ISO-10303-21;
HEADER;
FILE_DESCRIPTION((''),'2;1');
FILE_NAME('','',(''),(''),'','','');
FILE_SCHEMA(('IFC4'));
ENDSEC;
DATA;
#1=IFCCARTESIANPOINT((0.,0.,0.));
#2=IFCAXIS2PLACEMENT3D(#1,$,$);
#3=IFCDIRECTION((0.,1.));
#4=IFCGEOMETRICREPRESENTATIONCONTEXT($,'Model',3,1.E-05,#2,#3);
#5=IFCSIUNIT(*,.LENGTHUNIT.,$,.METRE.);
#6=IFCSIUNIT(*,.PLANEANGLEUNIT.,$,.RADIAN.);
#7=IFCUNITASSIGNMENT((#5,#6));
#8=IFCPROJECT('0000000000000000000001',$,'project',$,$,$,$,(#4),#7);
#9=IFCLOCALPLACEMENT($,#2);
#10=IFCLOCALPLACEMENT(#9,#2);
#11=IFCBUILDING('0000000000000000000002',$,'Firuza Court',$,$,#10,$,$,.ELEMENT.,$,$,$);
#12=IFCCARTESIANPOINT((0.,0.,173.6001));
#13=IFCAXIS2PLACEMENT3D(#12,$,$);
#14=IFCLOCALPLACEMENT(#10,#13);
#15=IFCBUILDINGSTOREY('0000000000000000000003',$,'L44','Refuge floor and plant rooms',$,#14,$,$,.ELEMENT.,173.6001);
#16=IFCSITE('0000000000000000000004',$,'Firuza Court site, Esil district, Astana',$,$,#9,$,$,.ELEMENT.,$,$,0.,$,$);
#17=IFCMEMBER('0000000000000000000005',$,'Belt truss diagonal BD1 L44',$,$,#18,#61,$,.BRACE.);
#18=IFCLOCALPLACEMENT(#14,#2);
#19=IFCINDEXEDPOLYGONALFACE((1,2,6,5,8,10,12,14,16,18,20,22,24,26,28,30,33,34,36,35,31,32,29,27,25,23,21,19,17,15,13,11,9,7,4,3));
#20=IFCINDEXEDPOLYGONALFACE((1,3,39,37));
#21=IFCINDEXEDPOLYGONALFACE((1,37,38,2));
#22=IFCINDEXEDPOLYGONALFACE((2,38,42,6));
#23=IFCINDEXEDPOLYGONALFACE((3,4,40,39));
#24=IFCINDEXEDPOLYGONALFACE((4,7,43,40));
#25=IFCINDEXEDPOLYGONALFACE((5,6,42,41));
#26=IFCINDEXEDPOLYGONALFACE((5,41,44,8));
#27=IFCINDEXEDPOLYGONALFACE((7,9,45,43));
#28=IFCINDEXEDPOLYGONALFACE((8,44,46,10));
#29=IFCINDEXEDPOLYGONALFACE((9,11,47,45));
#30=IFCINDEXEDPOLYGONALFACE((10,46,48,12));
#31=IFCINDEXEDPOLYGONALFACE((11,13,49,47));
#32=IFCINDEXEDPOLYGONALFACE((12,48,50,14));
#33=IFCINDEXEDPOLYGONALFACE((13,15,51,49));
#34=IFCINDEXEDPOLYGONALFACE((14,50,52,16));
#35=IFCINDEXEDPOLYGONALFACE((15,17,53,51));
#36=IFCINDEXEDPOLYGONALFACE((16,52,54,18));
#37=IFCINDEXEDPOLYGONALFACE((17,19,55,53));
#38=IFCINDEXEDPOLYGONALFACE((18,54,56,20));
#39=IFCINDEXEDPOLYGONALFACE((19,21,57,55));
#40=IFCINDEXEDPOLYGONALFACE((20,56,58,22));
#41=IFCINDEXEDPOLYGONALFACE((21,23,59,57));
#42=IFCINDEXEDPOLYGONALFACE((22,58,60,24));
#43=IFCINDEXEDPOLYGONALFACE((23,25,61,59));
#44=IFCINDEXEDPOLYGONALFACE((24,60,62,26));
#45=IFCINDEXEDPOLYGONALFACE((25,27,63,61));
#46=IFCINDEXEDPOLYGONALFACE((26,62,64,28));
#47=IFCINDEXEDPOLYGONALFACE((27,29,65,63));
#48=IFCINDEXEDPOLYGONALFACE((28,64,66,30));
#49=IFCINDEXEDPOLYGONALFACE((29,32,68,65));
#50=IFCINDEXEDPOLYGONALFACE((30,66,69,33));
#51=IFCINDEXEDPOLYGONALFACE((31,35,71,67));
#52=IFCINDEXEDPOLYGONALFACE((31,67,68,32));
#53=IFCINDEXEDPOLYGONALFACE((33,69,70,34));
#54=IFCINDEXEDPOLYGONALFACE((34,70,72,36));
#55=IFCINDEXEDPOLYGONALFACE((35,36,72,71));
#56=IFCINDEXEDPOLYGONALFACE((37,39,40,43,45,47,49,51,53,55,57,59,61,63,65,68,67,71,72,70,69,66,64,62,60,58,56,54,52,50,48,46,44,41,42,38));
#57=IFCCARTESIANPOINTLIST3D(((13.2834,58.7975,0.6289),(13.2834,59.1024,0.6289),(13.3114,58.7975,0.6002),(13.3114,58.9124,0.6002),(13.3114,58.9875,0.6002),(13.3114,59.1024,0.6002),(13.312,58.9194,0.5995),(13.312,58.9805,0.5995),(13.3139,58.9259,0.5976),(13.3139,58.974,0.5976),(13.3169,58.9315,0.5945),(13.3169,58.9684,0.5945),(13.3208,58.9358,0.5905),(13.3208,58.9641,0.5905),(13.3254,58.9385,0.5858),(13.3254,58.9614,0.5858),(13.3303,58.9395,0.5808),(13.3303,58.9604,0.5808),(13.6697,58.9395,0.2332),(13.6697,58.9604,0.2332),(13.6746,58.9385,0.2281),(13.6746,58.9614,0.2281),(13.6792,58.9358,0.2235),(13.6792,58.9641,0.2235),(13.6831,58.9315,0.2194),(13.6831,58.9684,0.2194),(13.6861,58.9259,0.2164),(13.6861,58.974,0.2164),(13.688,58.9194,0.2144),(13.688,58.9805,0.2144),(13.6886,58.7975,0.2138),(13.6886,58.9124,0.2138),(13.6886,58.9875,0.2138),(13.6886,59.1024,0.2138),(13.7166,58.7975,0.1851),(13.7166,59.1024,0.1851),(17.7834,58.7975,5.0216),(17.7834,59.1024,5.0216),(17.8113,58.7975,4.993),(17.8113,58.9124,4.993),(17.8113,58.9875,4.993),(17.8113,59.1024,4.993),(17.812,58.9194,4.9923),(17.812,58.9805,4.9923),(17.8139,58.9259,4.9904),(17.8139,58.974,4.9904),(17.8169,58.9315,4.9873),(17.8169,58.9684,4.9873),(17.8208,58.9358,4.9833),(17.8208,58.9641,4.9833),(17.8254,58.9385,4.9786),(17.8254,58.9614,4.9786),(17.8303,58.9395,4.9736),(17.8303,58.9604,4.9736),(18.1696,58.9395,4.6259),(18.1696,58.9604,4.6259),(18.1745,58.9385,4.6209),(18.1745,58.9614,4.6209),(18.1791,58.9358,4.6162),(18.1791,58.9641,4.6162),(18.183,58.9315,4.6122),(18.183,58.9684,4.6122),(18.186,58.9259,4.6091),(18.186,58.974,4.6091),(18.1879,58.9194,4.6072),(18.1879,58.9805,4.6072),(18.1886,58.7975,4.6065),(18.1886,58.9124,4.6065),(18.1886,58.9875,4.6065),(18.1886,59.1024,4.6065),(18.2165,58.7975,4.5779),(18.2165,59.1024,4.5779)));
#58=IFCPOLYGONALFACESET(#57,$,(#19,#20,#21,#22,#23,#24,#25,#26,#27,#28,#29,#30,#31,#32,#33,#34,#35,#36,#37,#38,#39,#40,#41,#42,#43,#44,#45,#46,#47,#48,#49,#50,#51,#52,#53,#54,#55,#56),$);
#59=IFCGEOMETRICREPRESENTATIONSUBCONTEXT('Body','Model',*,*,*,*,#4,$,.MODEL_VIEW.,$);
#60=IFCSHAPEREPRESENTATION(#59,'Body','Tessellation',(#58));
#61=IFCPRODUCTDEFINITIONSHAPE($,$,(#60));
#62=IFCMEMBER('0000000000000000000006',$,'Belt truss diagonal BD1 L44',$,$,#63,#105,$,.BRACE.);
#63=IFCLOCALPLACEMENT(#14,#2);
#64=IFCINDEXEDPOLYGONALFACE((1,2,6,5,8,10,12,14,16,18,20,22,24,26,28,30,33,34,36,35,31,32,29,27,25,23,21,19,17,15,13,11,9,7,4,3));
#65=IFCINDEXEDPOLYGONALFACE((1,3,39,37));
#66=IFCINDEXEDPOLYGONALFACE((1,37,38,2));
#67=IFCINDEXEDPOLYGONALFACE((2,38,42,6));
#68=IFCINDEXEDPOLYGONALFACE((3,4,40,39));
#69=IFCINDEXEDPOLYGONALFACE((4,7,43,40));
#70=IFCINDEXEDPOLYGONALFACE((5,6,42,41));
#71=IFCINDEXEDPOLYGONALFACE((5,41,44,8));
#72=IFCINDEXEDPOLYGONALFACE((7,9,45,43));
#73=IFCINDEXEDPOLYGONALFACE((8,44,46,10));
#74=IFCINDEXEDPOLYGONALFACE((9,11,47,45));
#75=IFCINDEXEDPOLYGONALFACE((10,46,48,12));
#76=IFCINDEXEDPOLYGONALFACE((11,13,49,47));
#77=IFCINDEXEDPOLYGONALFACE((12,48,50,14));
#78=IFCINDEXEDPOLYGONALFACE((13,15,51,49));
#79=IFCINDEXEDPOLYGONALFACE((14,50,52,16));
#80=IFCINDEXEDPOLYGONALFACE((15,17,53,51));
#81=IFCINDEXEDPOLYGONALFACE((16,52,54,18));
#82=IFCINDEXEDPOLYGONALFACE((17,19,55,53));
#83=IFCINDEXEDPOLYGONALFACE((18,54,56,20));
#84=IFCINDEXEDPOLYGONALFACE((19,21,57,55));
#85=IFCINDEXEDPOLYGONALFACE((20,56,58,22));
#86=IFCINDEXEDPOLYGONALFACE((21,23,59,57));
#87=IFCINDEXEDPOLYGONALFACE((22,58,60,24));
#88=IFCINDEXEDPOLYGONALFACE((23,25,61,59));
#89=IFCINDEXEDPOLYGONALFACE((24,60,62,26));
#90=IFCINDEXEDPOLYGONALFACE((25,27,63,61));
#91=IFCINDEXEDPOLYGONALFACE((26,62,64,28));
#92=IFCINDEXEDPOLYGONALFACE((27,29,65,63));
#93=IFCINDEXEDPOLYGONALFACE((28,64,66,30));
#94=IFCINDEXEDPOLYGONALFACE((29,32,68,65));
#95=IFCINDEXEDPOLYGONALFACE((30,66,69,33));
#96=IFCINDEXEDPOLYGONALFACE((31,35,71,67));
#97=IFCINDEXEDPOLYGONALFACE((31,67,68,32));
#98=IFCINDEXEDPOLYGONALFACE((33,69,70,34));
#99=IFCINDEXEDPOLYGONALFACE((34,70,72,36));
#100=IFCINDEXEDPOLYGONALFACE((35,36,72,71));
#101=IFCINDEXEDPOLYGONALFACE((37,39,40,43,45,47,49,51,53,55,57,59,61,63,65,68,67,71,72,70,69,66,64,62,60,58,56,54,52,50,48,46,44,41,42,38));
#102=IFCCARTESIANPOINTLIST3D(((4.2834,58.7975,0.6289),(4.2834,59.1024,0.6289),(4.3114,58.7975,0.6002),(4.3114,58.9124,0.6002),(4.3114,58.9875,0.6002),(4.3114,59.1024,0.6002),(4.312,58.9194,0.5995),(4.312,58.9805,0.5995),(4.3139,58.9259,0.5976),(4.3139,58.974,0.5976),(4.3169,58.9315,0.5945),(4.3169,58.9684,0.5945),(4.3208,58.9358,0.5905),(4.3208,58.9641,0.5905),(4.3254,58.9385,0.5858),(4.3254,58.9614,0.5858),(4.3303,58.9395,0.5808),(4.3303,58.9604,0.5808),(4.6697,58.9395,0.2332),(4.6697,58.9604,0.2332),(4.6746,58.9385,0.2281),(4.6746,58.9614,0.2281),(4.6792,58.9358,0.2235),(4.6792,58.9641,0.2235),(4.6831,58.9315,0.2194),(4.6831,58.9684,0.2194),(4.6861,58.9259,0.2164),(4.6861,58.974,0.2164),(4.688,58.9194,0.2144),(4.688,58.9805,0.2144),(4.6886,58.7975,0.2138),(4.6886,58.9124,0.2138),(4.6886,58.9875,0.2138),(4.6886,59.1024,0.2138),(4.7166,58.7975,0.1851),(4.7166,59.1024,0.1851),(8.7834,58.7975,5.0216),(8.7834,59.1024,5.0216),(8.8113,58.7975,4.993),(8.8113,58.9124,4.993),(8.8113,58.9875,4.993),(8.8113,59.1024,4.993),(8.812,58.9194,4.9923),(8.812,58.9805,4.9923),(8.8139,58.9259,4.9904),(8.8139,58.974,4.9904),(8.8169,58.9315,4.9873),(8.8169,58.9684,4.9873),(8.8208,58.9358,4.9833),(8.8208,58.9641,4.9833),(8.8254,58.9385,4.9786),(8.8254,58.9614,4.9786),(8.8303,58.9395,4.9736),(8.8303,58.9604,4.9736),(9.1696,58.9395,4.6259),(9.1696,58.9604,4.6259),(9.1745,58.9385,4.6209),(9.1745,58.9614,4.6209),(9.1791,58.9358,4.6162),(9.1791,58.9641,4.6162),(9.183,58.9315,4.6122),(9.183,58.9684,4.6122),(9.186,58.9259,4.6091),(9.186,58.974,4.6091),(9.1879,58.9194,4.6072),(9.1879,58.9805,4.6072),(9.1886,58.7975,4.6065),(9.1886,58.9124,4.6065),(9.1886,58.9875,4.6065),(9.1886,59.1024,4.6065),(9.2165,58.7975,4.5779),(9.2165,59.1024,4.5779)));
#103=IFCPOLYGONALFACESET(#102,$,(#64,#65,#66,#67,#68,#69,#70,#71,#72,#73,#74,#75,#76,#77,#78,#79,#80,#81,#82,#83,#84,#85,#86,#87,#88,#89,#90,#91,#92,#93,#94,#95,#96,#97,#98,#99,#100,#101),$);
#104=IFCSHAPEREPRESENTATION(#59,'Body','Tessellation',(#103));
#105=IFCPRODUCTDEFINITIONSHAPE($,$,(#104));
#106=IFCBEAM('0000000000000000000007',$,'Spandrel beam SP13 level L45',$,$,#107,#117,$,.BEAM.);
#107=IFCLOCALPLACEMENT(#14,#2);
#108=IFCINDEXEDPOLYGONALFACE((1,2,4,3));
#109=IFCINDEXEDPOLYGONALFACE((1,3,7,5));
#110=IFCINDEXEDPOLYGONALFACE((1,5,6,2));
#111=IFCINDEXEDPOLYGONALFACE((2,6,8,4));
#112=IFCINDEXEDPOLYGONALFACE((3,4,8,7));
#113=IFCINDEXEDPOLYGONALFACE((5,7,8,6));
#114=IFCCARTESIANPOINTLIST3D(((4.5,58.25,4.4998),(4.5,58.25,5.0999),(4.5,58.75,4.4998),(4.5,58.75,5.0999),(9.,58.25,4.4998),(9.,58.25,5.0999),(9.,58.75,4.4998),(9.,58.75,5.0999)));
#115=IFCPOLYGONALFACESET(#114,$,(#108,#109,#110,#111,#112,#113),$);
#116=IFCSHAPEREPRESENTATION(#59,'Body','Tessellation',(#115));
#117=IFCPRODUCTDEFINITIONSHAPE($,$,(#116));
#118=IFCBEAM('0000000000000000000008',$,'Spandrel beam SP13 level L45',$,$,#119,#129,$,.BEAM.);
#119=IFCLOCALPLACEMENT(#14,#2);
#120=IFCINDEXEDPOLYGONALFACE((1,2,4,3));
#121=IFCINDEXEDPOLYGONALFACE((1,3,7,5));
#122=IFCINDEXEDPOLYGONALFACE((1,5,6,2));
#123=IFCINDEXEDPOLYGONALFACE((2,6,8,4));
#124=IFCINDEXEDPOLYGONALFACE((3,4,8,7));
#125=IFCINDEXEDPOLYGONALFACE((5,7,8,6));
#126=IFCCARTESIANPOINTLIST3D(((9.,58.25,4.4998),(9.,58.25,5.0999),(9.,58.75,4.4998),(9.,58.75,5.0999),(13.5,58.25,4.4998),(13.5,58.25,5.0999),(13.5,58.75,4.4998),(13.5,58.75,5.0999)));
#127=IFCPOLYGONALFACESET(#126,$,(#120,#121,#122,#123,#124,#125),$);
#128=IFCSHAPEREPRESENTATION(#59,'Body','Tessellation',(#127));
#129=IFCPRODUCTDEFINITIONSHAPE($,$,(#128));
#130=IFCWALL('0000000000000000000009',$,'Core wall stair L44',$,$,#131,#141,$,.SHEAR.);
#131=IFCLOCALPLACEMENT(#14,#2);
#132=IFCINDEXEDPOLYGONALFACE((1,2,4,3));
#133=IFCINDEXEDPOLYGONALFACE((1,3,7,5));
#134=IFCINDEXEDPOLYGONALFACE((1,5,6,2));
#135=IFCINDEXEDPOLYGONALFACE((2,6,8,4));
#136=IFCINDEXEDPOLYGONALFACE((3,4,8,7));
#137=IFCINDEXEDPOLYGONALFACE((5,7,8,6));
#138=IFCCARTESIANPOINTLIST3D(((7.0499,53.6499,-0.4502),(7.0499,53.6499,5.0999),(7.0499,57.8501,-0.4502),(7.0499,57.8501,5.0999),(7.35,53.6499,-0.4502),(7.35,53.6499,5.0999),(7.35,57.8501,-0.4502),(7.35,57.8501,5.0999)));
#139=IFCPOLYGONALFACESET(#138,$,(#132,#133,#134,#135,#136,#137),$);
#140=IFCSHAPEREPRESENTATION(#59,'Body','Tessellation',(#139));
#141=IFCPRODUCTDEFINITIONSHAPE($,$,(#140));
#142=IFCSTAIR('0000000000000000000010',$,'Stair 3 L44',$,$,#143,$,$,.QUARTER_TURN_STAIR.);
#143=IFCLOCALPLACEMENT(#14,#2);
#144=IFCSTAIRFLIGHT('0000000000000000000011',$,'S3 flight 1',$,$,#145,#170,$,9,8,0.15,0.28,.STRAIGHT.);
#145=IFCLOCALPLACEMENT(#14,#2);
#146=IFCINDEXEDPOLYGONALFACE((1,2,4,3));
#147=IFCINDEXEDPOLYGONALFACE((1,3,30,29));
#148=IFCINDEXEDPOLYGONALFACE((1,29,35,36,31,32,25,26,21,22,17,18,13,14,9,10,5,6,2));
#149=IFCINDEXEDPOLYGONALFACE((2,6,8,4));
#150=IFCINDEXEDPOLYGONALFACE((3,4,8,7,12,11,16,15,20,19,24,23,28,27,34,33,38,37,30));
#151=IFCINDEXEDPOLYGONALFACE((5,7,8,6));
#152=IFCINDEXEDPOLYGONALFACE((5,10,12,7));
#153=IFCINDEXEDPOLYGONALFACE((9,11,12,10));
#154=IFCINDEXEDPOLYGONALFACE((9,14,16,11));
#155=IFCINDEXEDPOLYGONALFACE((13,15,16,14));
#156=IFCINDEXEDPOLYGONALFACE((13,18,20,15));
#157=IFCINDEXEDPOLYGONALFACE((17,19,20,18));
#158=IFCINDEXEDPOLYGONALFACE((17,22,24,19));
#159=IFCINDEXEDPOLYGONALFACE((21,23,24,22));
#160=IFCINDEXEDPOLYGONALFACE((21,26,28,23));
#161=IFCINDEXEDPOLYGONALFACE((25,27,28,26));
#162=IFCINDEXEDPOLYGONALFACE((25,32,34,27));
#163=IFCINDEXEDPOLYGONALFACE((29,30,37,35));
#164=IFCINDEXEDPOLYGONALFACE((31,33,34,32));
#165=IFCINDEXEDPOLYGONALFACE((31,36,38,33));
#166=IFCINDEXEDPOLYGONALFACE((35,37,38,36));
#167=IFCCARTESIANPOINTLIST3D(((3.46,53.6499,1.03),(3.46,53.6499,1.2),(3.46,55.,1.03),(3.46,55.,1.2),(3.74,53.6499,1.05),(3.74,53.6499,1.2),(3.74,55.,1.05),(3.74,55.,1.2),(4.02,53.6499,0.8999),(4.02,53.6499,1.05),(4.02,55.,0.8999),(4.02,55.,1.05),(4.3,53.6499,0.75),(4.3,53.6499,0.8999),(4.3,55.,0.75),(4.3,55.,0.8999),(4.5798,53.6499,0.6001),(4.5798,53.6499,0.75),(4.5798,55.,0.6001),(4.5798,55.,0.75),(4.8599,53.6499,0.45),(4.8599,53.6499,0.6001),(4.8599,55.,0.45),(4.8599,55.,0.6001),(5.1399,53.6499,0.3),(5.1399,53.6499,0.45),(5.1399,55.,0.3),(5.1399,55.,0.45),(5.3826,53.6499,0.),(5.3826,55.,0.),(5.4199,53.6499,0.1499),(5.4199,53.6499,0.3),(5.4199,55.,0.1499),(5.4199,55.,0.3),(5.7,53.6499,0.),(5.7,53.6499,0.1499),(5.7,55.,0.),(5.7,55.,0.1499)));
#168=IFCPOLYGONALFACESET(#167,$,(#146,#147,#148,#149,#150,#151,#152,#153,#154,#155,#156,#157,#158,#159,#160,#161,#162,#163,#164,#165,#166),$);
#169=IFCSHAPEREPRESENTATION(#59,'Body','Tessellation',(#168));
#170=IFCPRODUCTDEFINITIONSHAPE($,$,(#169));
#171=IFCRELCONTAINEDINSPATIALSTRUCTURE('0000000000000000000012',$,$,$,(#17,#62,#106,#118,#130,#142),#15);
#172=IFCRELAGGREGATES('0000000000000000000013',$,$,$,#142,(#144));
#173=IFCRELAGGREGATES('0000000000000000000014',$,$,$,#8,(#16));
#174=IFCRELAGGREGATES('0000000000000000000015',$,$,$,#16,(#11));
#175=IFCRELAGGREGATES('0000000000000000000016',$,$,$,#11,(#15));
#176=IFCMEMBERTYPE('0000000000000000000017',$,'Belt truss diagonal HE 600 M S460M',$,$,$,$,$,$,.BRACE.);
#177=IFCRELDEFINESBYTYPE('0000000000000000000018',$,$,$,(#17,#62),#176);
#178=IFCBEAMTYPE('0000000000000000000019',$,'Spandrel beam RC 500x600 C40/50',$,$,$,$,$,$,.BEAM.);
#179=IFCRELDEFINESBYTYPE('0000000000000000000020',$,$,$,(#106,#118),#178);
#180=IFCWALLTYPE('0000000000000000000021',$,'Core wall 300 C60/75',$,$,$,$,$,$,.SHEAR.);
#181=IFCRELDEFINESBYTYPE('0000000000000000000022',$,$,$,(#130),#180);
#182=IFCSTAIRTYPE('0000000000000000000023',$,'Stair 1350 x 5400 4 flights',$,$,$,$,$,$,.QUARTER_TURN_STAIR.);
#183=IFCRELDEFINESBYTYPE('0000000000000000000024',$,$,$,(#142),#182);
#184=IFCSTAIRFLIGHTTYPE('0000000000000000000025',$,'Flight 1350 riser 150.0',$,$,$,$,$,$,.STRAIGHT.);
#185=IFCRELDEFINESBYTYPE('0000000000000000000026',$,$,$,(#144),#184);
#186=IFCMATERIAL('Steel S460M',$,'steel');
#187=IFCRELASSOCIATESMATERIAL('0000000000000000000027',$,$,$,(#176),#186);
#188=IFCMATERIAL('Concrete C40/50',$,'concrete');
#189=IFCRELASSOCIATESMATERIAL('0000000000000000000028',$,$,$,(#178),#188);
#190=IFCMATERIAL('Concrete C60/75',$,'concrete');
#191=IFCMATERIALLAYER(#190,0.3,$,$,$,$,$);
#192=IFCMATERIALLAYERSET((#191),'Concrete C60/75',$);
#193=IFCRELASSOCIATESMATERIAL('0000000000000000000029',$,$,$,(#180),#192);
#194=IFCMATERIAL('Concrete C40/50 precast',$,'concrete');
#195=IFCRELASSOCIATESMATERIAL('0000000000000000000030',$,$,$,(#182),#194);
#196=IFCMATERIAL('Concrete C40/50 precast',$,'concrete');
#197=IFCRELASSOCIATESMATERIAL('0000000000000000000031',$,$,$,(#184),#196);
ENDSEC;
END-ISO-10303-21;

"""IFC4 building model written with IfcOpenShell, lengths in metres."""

from ifc_helpers import new_model, si_unit, direction, frame, frame_2d, origin, origin_2d, place, context, subcontext, project, spatial, polyline, rectangle, i_section, outline, extrude, material, layer, layer_set, material_profile, profile_set, type_object, element, aggregate, save


model = new_model("IFC4")

# Units and contexts
model_context = context("Model", 3, precision=1e-05, world=origin(), true_north=direction((0.0, 1.0)))
body_context = subcontext(model_context, "Body", "Model", "MODEL_VIEW")
ifc_project = project(units=[si_unit("LENGTHUNIT", "METRE"), si_unit("PLANEANGLEUNIT", "RADIAN")], contexts=[model_context])

# Site, building, storey
site_placement = place(None, origin())
site = spatial("IfcSite", under=ifc_project, at=site_placement, Name="Firuza Court site, Esil district, Astana", CompositionType="ELEMENT", RefElevation=0.0)
building_placement = place(site_placement, origin())
building = spatial("IfcBuilding", under=site, at=building_placement, Name="Firuza Court", CompositionType="ELEMENT")
storey_placement = place(building_placement, frame((0.0, 0.0, 173.6001)))
storey = spatial("IfcBuildingStorey", under=building, at=storey_placement, Name="L44", Description="Refuge floor and plant rooms", CompositionType="ELEMENT", Elevation=173.6001)

# Members
ifc_material_1 = material(Name="Steel S460M", Category="steel")
ifc_material_profile_1 = material_profile(ifc_material_1, i_section(OverallWidth=0.3049, OverallDepth=0.6201, WebThickness=0.021, FlangeThickness=0.04, FilletRadius=0.0271, at=origin_2d()), Name="HE 600 M")
ifc_profile_set_1 = profile_set([ifc_material_profile_1], Name="Steel S460M")
member_type_1 = type_object("IfcMemberType", Name="Belt truss diagonal HE 600 M S460M", PredefinedType="BRACE", material=ifc_profile_set_1)
for number, where, z_axis, x_axis, name in (
    (1, (13.5, 58.95, 0.407), (0.715577, 0.0, 0.698534), (0.0, 1.0, 0.0), "Belt truss diagonal BD1 L44"),
    (2, (4.5, 58.95, 0.407), (0.715577, 0.0, 0.698534), (0.0, 1.0, 0.0), "Belt truss diagonal BD1 L44"),
):
    element("IfcMember", number, at=place(storey_placement, frame(where, z_axis=z_axis, x_axis=x_axis)), inside=storey, type_object=member_type_1, Name=name, PredefinedType="BRACE", context=body_context, shape_type="SweptSolid", body=[
        extrude(i_section(OverallWidth=0.3049, OverallDepth=0.6201, WebThickness=0.021, FlangeThickness=0.04, FilletRadius=0.0271, at=origin_2d()), origin(), (0.0, 0.0, 1.0), 6.2886),
    ])

# Beams
ifc_material_2 = material(Name="Concrete C40/50", Category="concrete")
ifc_material_profile_2 = material_profile(ifc_material_2, rectangle(XDim=0.5, YDim=0.6001, at=origin_2d()), Name="RC 500x600")
ifc_profile_set_2 = profile_set([ifc_material_profile_2], Name="Concrete C40/50")
beam_type = type_object("IfcBeamType", Name="Spandrel beam RC 500x600 C40/50", PredefinedType="BEAM", material=ifc_profile_set_2)
for number, where, z_axis, x_axis, name in (
    (3, (9.0, 58.5, 4.7998), (-1.0, 0.0, 0.0), (0.0, -1.0, 0.0), "Spandrel beam SP13 level L45"),
    (4, (13.5, 58.5, 4.7998), (-1.0, 0.0, 0.0), (0.0, -1.0, 0.0), "Spandrel beam SP13 level L45"),
):
    element("IfcBeam", number, at=place(storey_placement, frame(where, z_axis=z_axis, x_axis=x_axis)), inside=storey, type_object=beam_type, Name=name, PredefinedType="BEAM", context=body_context, shape_type="SweptSolid", body=[
        extrude(rectangle(XDim=0.5, YDim=0.6001, at=origin_2d()), origin(), (0.0, 0.0, 1.0), 4.5),
    ])

# Wall
ifc_material_3 = material(Name="Concrete C60/75", Category="concrete")
ifc_layer = layer(ifc_material_3, 0.3)
ifc_layer_set = layer_set([ifc_layer], Name="Concrete C60/75")
wall_type = type_object("IfcWallType", Name="Core wall 300 C60/75", PredefinedType="SHEAR", material=ifc_layer_set)
wall_placement = place(storey_placement, frame((7.2, 53.6499, -0.4502), z_axis=(0.0, 0.0, 1.0), x_axis=(0.0, 1.0, 0.0)))
element("IfcWall", 5, at=wall_placement, inside=storey, type_object=wall_type, Name="Core wall stair L44", PredefinedType="SHEAR", context=body_context, shape_type="SweptSolid", body=[
    extrude(rectangle(XDim=4.2002, YDim=0.3, at=frame_2d((2.1001, 0.0))), origin(), (0.0, 0.0, 1.0), 5.55),
])

# Stair, stair flight
ifc_material_4 = material(Name="Concrete C40/50 precast", Category="concrete")
stair_type = type_object("IfcStairType", Name="Stair 1350 x 5400 4 flights", PredefinedType="QUARTER_TURN_STAIR", material=ifc_material_4)
stair_placement = place(storey_placement, origin())
stair = element("IfcStair", 6, at=stair_placement, inside=storey, type_object=stair_type, Name="Stair 3 L44", PredefinedType="QUARTER_TURN_STAIR")
ifc_material_5 = material(Name="Concrete C40/50 precast", Category="concrete")
stair_flight_type = type_object("IfcStairFlightType", Name="Flight 1350 riser 150.0", PredefinedType="STRAIGHT", material=ifc_material_5)
stair_flight_1_placement = place(storey_placement, frame((5.7, 54.325, 0.0), z_axis=(0.0, 0.0, 1.0), x_axis=(-1.0, 0.0, 0.0)))
stair_flight_1 = element("IfcStairFlight", 7, at=stair_flight_1_placement, type_object=stair_flight_type, Name="S3 flight 1", NumberOfRisers=9, NumberOfTreads=8, PredefinedType="STRAIGHT", RiserHeight=0.15, TreadLength=0.28, context=body_context, shape_type="SweptSolid", body=[
    extrude(outline(polyline([(0.0, 0.0), (0.0, 0.1499), (0.28, 0.1499), (0.28, 0.3), (0.5601, 0.3), (0.5601, 0.45), (0.8401, 0.45), (0.8401, 0.6001), (1.1201, 0.6001), (1.1201, 0.75), (1.3999, 0.75), (1.3999, 0.8999), (1.6799, 0.8999), (1.6799, 1.05), (1.96, 1.05), (1.96, 1.2), (2.24, 1.2), (2.24, 1.3501), (2.24, 1.03), (0.3174, 0.0), (0.0, 0.0)])), frame((0.0, 0.675, 0.0), z_axis=(0.0, -1.0, 0.0), x_axis=(1.0, 0.0, 0.0)), (0.0, 0.0, 1.0), 1.3501),
])
aggregate(stair, [stair_flight_1])

save(model, "model.ifc")
